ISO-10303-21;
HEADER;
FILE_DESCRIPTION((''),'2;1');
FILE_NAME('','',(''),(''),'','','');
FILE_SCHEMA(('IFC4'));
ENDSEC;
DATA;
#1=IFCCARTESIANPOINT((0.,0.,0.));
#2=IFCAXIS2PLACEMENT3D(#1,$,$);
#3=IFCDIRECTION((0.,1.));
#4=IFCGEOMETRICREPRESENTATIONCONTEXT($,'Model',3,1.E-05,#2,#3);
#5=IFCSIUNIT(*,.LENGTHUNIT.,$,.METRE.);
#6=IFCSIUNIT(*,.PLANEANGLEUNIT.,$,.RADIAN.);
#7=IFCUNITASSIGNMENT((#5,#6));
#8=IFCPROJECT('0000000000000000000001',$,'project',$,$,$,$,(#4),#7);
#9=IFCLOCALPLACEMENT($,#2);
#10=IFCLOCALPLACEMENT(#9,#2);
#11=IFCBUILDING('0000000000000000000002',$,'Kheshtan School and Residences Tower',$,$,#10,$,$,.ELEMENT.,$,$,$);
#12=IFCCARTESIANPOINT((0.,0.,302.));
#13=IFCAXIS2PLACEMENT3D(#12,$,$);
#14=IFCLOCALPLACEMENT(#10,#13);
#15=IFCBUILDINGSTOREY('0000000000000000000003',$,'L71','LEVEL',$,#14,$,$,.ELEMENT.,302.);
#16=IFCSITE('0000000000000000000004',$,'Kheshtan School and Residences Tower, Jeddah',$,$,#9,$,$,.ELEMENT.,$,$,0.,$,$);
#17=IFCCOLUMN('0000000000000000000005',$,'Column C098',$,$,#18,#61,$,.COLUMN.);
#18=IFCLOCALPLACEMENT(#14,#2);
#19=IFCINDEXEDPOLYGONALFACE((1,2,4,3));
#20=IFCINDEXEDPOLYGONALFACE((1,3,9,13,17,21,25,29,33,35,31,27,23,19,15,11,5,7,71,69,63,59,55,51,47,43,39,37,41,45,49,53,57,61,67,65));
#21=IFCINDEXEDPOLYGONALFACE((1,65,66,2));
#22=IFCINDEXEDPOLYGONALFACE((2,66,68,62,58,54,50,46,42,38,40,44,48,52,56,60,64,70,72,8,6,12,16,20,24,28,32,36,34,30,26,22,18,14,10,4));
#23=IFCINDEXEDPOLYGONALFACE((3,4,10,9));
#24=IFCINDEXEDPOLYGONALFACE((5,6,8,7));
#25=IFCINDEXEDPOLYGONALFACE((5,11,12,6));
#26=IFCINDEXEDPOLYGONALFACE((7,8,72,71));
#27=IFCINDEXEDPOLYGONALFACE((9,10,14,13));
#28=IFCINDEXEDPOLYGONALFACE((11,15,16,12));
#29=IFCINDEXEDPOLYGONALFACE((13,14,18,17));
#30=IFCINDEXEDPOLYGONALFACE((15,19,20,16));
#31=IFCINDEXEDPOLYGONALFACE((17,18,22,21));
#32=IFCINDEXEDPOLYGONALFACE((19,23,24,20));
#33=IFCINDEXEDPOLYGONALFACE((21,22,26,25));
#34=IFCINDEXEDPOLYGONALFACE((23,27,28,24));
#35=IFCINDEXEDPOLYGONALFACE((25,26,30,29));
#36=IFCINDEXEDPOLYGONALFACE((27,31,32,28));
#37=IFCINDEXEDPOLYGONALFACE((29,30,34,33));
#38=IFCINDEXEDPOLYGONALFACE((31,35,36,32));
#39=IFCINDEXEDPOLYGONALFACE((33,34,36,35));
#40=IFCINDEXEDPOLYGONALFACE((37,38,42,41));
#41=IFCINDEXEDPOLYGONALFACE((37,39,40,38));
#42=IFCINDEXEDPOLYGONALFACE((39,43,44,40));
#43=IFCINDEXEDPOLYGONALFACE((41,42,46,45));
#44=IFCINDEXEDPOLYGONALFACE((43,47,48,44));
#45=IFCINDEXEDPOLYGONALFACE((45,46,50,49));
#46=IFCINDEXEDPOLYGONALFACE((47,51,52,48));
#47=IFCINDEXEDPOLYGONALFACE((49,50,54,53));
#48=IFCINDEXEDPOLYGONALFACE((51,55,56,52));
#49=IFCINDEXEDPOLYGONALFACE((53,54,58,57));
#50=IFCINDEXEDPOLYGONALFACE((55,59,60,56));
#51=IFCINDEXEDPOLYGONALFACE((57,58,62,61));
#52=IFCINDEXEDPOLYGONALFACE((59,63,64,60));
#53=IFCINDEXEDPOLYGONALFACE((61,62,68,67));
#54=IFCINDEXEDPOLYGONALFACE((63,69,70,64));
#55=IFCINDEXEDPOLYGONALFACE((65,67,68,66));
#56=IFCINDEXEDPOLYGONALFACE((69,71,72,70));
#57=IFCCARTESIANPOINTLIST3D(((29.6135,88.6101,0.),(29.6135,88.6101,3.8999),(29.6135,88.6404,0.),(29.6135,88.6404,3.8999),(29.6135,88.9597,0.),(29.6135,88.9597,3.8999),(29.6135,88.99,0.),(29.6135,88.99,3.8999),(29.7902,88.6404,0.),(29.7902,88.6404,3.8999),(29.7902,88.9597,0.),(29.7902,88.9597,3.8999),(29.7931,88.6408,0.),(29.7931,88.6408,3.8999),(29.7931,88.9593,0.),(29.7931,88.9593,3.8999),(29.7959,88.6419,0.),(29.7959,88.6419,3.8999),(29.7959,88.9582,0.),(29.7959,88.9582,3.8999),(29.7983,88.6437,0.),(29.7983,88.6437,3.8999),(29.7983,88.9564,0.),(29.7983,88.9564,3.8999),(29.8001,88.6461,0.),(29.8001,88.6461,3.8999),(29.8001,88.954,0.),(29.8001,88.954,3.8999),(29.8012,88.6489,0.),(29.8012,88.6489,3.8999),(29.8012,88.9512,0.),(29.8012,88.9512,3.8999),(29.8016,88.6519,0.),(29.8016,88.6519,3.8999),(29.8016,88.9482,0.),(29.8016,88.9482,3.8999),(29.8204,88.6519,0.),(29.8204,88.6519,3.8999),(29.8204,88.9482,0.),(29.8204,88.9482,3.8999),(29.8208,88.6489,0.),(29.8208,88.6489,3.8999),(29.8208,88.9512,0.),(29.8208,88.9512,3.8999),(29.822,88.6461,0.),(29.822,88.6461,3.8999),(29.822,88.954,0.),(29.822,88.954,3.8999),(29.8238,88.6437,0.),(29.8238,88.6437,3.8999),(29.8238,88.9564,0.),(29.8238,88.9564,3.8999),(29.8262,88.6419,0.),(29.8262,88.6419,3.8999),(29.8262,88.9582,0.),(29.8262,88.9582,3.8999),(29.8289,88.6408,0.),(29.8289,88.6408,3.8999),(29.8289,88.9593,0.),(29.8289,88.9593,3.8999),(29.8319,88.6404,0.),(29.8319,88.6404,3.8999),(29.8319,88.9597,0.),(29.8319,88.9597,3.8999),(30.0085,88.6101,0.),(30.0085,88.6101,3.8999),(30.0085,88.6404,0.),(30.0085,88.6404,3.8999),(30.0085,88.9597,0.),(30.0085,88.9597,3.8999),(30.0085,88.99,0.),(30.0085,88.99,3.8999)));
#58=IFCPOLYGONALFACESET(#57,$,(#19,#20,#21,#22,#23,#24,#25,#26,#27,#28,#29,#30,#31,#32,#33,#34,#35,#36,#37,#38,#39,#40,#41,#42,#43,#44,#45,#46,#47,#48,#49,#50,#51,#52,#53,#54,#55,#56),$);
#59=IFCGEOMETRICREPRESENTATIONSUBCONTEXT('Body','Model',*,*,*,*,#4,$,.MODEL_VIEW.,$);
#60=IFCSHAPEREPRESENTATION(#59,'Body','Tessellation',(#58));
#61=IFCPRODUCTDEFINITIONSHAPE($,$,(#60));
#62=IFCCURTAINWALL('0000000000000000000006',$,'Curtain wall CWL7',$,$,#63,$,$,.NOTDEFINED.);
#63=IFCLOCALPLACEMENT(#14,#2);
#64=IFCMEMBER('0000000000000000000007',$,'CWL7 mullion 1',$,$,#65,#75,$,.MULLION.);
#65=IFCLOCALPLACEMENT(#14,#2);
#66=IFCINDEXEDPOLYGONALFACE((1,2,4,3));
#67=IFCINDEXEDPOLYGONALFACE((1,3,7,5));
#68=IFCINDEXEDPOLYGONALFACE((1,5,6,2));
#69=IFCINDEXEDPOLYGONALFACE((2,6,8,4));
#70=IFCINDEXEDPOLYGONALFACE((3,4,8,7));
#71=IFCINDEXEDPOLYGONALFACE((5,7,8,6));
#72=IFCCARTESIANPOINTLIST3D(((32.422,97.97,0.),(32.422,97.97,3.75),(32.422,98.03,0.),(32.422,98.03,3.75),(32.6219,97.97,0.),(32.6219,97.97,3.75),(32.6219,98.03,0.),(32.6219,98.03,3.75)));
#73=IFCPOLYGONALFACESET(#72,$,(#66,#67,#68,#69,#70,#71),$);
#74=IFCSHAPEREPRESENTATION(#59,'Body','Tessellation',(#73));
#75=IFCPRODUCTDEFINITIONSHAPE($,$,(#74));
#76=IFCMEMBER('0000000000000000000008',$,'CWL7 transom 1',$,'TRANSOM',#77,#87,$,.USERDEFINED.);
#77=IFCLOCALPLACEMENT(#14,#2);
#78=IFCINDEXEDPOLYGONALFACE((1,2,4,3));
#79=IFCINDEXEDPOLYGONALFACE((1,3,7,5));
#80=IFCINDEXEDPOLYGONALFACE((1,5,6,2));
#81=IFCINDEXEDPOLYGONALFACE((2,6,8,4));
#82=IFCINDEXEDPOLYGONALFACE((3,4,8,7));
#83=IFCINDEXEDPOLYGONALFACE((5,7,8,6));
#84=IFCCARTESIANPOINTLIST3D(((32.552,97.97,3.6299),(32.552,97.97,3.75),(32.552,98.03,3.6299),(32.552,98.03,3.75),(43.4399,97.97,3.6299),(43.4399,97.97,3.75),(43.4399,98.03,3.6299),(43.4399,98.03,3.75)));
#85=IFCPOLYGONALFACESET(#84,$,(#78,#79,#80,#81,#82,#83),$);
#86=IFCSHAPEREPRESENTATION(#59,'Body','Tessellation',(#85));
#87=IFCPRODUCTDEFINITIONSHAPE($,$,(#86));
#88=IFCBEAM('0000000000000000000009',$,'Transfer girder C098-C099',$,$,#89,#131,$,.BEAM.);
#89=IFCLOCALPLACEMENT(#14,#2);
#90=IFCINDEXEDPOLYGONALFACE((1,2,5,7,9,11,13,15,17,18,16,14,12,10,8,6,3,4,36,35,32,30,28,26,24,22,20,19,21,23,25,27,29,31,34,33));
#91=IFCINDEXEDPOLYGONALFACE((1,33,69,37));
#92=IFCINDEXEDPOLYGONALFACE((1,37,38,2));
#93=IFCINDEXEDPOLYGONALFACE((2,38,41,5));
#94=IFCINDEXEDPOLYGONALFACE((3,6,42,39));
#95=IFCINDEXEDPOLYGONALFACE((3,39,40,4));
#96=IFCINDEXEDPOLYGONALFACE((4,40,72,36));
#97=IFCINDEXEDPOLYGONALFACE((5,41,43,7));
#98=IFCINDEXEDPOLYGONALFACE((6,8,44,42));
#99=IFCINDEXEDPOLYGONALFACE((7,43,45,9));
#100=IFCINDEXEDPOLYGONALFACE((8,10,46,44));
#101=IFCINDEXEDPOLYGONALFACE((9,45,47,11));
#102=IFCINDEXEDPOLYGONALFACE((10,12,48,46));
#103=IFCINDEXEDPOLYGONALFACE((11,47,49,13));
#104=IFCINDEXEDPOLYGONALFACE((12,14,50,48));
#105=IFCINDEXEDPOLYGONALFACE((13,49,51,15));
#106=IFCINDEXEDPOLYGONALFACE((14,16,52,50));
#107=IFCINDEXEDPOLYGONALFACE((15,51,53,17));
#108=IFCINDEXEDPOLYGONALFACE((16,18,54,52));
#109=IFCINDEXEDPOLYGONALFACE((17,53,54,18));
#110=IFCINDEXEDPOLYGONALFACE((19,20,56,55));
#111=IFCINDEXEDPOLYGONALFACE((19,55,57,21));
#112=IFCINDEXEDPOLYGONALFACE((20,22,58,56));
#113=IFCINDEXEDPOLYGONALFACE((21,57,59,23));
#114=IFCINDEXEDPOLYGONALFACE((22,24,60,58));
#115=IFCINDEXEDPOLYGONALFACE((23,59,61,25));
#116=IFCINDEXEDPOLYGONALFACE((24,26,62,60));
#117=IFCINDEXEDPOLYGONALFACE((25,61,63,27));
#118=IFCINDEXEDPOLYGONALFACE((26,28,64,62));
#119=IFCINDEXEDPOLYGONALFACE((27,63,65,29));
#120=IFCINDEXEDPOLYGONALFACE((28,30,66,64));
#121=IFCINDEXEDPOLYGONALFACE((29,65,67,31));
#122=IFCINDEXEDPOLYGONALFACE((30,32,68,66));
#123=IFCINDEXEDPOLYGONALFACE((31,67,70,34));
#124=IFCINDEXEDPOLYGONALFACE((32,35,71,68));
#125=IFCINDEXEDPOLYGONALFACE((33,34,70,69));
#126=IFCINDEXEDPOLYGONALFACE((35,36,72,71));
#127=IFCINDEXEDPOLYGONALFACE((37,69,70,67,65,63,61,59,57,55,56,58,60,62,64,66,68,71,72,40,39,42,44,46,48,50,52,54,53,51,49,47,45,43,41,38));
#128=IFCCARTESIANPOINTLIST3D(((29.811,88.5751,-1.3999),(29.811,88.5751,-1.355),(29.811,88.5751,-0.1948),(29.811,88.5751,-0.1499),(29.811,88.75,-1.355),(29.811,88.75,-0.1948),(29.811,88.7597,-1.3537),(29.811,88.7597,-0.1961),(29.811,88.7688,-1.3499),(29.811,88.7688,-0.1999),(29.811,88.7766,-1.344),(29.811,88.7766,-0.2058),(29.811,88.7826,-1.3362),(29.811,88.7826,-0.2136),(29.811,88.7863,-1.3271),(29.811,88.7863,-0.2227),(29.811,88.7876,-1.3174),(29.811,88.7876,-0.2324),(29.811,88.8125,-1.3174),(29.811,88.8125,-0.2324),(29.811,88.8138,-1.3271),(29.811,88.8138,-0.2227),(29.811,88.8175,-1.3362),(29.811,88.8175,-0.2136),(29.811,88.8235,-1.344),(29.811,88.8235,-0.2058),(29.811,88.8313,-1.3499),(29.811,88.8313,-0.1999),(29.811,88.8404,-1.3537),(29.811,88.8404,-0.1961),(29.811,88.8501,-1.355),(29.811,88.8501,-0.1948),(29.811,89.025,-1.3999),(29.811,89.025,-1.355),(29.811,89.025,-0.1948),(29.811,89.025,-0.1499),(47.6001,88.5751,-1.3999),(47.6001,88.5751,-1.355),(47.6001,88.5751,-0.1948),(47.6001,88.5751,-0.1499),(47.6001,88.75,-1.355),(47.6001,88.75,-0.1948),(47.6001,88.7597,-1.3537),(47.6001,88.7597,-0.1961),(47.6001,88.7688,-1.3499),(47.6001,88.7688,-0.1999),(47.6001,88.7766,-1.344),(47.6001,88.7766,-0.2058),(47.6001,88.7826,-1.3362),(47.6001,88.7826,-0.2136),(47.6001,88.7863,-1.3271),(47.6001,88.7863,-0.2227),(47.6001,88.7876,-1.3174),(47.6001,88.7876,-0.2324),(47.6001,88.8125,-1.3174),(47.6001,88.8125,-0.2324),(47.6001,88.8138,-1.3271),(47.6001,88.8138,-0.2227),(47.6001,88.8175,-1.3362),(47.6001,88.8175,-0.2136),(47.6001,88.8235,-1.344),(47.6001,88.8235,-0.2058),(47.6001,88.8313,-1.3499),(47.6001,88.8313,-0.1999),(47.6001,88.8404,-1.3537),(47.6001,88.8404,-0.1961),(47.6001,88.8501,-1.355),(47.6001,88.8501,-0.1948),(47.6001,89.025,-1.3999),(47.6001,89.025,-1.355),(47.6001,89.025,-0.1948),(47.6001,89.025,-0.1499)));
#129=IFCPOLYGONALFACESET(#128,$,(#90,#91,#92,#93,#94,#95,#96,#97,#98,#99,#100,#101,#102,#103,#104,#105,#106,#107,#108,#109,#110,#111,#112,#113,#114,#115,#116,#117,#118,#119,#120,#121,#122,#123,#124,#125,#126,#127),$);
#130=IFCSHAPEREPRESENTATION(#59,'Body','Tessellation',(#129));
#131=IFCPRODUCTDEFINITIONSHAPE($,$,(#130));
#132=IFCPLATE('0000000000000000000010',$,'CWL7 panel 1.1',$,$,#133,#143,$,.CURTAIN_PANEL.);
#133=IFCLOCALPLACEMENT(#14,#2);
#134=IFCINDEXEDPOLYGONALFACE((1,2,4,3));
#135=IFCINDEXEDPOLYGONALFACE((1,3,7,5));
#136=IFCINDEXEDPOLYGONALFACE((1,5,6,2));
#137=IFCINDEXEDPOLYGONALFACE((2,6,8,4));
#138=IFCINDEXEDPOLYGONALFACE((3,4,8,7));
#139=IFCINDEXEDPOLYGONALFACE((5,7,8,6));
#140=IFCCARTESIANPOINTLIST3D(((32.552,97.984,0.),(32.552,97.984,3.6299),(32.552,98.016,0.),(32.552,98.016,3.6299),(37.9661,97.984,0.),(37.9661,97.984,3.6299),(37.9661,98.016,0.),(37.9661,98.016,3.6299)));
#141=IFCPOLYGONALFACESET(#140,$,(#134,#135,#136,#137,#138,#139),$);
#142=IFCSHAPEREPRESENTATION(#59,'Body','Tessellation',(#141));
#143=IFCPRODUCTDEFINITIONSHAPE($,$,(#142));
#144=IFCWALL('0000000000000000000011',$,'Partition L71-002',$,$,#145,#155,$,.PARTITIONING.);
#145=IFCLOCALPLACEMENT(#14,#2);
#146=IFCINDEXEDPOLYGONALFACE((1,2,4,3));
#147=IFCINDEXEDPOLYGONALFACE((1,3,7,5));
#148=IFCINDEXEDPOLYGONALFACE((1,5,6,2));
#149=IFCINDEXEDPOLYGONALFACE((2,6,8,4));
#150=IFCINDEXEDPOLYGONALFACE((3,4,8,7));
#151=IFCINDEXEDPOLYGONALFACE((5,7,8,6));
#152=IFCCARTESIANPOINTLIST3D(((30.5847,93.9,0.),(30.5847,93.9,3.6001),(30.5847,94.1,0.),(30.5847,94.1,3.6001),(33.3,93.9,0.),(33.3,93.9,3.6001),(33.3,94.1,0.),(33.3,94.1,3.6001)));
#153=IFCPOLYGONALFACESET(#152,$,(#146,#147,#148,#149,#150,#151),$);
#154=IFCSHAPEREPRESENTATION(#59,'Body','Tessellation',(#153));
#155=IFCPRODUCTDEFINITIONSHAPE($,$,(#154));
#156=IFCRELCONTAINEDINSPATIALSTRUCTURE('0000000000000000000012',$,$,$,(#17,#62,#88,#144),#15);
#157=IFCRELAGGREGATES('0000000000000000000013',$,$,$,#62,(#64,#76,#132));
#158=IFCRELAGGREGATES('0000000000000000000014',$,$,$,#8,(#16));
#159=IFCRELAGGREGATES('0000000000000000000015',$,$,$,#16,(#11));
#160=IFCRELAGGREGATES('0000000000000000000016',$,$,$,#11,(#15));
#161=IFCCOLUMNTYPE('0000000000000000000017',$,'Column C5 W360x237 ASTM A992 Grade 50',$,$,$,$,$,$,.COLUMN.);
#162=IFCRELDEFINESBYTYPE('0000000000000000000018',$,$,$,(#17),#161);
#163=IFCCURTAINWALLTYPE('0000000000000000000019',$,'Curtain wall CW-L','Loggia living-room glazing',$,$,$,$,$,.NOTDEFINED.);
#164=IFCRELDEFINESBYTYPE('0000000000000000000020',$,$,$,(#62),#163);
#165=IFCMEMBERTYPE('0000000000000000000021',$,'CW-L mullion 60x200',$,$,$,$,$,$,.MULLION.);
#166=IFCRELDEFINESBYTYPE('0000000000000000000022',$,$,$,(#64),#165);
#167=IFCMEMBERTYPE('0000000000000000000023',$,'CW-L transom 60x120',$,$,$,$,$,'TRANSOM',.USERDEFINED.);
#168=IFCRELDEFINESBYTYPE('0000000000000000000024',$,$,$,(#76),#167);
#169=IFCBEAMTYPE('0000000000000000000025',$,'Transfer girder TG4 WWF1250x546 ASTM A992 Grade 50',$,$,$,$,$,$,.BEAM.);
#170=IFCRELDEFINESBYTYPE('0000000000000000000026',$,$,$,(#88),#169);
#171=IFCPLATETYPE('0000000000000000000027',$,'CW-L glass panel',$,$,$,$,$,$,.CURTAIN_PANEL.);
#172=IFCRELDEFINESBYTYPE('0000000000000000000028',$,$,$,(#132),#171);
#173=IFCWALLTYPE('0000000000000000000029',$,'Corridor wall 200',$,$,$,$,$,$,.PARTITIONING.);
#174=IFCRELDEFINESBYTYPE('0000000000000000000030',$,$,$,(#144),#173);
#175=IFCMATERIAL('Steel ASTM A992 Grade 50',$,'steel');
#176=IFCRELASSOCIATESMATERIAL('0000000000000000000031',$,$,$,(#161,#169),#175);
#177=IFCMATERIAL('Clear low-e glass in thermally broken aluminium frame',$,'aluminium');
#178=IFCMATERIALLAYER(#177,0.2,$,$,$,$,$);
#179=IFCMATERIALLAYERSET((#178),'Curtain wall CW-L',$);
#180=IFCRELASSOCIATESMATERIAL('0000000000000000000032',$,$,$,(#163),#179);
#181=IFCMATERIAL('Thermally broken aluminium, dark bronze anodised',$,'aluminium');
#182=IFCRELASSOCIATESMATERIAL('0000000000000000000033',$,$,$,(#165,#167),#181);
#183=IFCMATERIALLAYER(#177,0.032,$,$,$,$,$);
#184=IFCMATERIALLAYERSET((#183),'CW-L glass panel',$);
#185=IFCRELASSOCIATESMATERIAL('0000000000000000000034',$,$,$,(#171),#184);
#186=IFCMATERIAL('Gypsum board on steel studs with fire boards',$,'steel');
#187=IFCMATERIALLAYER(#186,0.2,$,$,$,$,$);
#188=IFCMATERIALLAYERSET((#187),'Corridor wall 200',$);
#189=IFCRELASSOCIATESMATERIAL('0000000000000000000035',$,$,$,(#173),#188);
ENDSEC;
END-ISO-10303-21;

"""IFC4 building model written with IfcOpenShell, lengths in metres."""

from ifc_helpers import new_model, si_unit, direction, frame, frame_2d, origin, origin_2d, place, context, subcontext, project, spatial, rectangle, i_section, extrude, material, layer, layer_set, material_profile, profile_set, type_object, element, aggregate, save


model = new_model("IFC4")

# Units and contexts
model_context = context("Model", 3, precision=1e-05, world=origin(), true_north=direction((0.0, 1.0)))
body_context = subcontext(model_context, "Body", "Model", "MODEL_VIEW")
ifc_project = project(units=[si_unit("LENGTHUNIT", "METRE"), si_unit("PLANEANGLEUNIT", "RADIAN")], contexts=[model_context])

# Site, building, storey
site_placement = place(None, origin())
site = spatial("IfcSite", under=ifc_project, at=site_placement, Name="Kheshtan School and Residences Tower, Jeddah", CompositionType="ELEMENT", RefElevation=0.0)
building_placement = place(site_placement, origin())
building = spatial("IfcBuilding", under=site, at=building_placement, Name="Kheshtan School and Residences Tower", CompositionType="ELEMENT")
storey_placement = place(building_placement, frame((0.0, 0.0, 302.0)))
storey = spatial("IfcBuildingStorey", under=building, at=storey_placement, Name="L71", Description="LEVEL", CompositionType="ELEMENT", Elevation=302.0)

# Column
ifc_material_1 = material(Name="Steel ASTM A992 Grade 50", Category="steel")
ifc_material_profile_1 = material_profile(ifc_material_1, i_section(OverallWidth=0.395, OverallDepth=0.3799, WebThickness=0.0188, FlangeThickness=0.0303, FilletRadius=0.0115, at=origin_2d()), Name="W360x237")
ifc_profile_set_1 = profile_set([ifc_material_profile_1], Name="Steel ASTM A992 Grade 50")
column_type = type_object("IfcColumnType", Name="Column C5 W360x237 ASTM A992 Grade 50", PredefinedType="COLUMN", material=ifc_profile_set_1)
column_placement = place(storey_placement, frame((29.811, 88.8, 0.0), z_axis=(0.0, 0.0, 1.0), x_axis=(1.0, 0.0, 0.0)))
element("IfcColumn", 1, at=column_placement, inside=storey, type_object=column_type, Name="Column C098", PredefinedType="COLUMN", context=body_context, shape_type="SweptSolid", body=[
    extrude(i_section(OverallWidth=0.395, OverallDepth=0.3799, WebThickness=0.0188, FlangeThickness=0.0303, FilletRadius=0.0115, at=origin_2d()), origin(), (0.0, 0.0, 1.0), 3.8999),
])

# Curtain wall, members
ifc_material_2 = material(Name="Clear low-e glass in thermally broken aluminium frame", Category="aluminium")
ifc_layer_1 = layer(ifc_material_2, 0.2)
ifc_layer_set_1 = layer_set([ifc_layer_1], Name="Curtain wall CW-L")
curtain_wall_type = type_object("IfcCurtainWallType", Name="Curtain wall CW-L", Description="Loggia living-room glazing", PredefinedType="NOTDEFINED", material=ifc_layer_set_1)
curtain_wall_placement = place(storey_placement, origin())
curtain_wall = element("IfcCurtainWall", 2, at=curtain_wall_placement, inside=storey, type_object=curtain_wall_type, Name="Curtain wall CWL7", PredefinedType="NOTDEFINED")
ifc_material_3 = material(Name="Thermally broken aluminium, dark bronze anodised", Category="aluminium")
ifc_material_profile_2 = material_profile(ifc_material_3, rectangle(XDim=0.0601, YDim=0.2, at=origin_2d()), Name="CW-L mullion 60x200")
ifc_profile_set_2 = profile_set([ifc_material_profile_2], Name="Thermally broken aluminium, dark bronze anodised")
member_type_1 = type_object("IfcMemberType", Name="CW-L mullion 60x200", PredefinedType="MULLION", material=ifc_profile_set_2)
member_1_placement = place(storey_placement, frame((32.522, 98.0, 0.0), z_axis=(0.0, 0.0, 1.0), x_axis=(0.0, 1.0, 0.0)))
member_1 = element("IfcMember", 3, at=member_1_placement, type_object=member_type_1, Name="CWL7 mullion 1", PredefinedType="MULLION", context=body_context, shape_type="SweptSolid", body=[
    extrude(rectangle(XDim=0.0601, YDim=0.2, at=origin_2d()), origin(), (0.0, 0.0, 1.0), 3.75),
])
ifc_material_profile_3 = material_profile(ifc_material_3, rectangle(XDim=0.0601, YDim=0.1201, at=origin_2d()), Name="CW-L transom 60x120")
ifc_profile_set_3 = profile_set([ifc_material_profile_3], Name="Thermally broken aluminium, dark bronze anodised")
member_type_2 = type_object("IfcMemberType", Name="CW-L transom 60x120", ElementType="TRANSOM", PredefinedType="USERDEFINED", material=ifc_profile_set_3)
member_2_placement = place(storey_placement, frame((32.552, 98.0, 3.6899), z_axis=(1.0, 0.0, 0.0), x_axis=(0.0, 1.0, 0.0)))
member_2 = element("IfcMember", 4, at=member_2_placement, type_object=member_type_2, Name="CWL7 transom 1", ObjectType="TRANSOM", PredefinedType="USERDEFINED", context=body_context, shape_type="SweptSolid", body=[
    extrude(rectangle(XDim=0.0601, YDim=0.1201, at=origin_2d()), origin(), (0.0, 0.0, 1.0), 10.8879),
])

# Beam
ifc_material_profile_4 = material_profile(ifc_material_1, i_section(OverallWidth=0.45, OverallDepth=1.25, WebThickness=0.0249, FlangeThickness=0.0449, FilletRadius=0.0376, at=origin_2d()), Name="WWF1250x546")
ifc_profile_set_4 = profile_set([ifc_material_profile_4], Name="Steel ASTM A992 Grade 50")
beam_type = type_object("IfcBeamType", Name="Transfer girder TG4 WWF1250x546 ASTM A992 Grade 50", PredefinedType="BEAM", material=ifc_profile_set_4)
beam_placement = place(storey_placement, frame((29.811, 88.8, -0.7749), z_axis=(1.0, 0.0, 0.0), x_axis=(0.0, 1.0, 0.0)))
element("IfcBeam", 5, at=beam_placement, inside=storey, type_object=beam_type, Name="Transfer girder C098-C099", PredefinedType="BEAM", context=body_context, shape_type="SweptSolid", body=[
    extrude(i_section(OverallWidth=0.45, OverallDepth=1.25, WebThickness=0.0249, FlangeThickness=0.0449, FilletRadius=0.0376, at=origin_2d()), origin(), (0.0, 0.0, 1.0), 17.7891),
])

# Plate
ifc_layer_2 = layer(ifc_material_2, 0.032)
ifc_layer_set_2 = layer_set([ifc_layer_2], Name="CW-L glass panel")
plate_type = type_object("IfcPlateType", Name="CW-L glass panel", PredefinedType="CURTAIN_PANEL", material=ifc_layer_set_2)
plate_placement = place(storey_placement, frame((35.259, 98.0, 0.0), z_axis=(0.0, 0.0, 1.0), x_axis=(1.0, 0.0, 0.0)))
plate = element("IfcPlate", 6, at=plate_placement, type_object=plate_type, Name="CWL7 panel 1.1", PredefinedType="CURTAIN_PANEL", context=body_context, shape_type="SweptSolid", body=[
    extrude(rectangle(XDim=5.4141, YDim=0.032, at=origin_2d()), origin(), (0.0, 0.0, 1.0), 3.6299),
])
aggregate(curtain_wall, [member_1, member_2, plate])

# Wall
ifc_material_4 = material(Name="Gypsum board on steel studs with fire boards", Category="steel")
ifc_layer_3 = layer(ifc_material_4, 0.2)
ifc_layer_set_3 = layer_set([ifc_layer_3], Name="Corridor wall 200")
wall_type_1 = type_object("IfcWallType", Name="Corridor wall 200", PredefinedType="PARTITIONING", material=ifc_layer_set_3)
wall_1_placement = place(storey_placement, frame((30.5847, 94.0, 0.0), z_axis=(0.0, 0.0, 1.0), x_axis=(1.0, 0.0, 0.0)))
element("IfcWall", 7, at=wall_1_placement, inside=storey, type_object=wall_type_1, Name="Partition L71-002", PredefinedType="PARTITIONING", context=body_context, shape_type="SweptSolid", body=[
    extrude(rectangle(XDim=2.7153, YDim=0.2, at=frame_2d((1.3577, 0.0))), origin(), (0.0, 0.0, 1.0), 3.6001),
])

save(model, "model.ifc")
